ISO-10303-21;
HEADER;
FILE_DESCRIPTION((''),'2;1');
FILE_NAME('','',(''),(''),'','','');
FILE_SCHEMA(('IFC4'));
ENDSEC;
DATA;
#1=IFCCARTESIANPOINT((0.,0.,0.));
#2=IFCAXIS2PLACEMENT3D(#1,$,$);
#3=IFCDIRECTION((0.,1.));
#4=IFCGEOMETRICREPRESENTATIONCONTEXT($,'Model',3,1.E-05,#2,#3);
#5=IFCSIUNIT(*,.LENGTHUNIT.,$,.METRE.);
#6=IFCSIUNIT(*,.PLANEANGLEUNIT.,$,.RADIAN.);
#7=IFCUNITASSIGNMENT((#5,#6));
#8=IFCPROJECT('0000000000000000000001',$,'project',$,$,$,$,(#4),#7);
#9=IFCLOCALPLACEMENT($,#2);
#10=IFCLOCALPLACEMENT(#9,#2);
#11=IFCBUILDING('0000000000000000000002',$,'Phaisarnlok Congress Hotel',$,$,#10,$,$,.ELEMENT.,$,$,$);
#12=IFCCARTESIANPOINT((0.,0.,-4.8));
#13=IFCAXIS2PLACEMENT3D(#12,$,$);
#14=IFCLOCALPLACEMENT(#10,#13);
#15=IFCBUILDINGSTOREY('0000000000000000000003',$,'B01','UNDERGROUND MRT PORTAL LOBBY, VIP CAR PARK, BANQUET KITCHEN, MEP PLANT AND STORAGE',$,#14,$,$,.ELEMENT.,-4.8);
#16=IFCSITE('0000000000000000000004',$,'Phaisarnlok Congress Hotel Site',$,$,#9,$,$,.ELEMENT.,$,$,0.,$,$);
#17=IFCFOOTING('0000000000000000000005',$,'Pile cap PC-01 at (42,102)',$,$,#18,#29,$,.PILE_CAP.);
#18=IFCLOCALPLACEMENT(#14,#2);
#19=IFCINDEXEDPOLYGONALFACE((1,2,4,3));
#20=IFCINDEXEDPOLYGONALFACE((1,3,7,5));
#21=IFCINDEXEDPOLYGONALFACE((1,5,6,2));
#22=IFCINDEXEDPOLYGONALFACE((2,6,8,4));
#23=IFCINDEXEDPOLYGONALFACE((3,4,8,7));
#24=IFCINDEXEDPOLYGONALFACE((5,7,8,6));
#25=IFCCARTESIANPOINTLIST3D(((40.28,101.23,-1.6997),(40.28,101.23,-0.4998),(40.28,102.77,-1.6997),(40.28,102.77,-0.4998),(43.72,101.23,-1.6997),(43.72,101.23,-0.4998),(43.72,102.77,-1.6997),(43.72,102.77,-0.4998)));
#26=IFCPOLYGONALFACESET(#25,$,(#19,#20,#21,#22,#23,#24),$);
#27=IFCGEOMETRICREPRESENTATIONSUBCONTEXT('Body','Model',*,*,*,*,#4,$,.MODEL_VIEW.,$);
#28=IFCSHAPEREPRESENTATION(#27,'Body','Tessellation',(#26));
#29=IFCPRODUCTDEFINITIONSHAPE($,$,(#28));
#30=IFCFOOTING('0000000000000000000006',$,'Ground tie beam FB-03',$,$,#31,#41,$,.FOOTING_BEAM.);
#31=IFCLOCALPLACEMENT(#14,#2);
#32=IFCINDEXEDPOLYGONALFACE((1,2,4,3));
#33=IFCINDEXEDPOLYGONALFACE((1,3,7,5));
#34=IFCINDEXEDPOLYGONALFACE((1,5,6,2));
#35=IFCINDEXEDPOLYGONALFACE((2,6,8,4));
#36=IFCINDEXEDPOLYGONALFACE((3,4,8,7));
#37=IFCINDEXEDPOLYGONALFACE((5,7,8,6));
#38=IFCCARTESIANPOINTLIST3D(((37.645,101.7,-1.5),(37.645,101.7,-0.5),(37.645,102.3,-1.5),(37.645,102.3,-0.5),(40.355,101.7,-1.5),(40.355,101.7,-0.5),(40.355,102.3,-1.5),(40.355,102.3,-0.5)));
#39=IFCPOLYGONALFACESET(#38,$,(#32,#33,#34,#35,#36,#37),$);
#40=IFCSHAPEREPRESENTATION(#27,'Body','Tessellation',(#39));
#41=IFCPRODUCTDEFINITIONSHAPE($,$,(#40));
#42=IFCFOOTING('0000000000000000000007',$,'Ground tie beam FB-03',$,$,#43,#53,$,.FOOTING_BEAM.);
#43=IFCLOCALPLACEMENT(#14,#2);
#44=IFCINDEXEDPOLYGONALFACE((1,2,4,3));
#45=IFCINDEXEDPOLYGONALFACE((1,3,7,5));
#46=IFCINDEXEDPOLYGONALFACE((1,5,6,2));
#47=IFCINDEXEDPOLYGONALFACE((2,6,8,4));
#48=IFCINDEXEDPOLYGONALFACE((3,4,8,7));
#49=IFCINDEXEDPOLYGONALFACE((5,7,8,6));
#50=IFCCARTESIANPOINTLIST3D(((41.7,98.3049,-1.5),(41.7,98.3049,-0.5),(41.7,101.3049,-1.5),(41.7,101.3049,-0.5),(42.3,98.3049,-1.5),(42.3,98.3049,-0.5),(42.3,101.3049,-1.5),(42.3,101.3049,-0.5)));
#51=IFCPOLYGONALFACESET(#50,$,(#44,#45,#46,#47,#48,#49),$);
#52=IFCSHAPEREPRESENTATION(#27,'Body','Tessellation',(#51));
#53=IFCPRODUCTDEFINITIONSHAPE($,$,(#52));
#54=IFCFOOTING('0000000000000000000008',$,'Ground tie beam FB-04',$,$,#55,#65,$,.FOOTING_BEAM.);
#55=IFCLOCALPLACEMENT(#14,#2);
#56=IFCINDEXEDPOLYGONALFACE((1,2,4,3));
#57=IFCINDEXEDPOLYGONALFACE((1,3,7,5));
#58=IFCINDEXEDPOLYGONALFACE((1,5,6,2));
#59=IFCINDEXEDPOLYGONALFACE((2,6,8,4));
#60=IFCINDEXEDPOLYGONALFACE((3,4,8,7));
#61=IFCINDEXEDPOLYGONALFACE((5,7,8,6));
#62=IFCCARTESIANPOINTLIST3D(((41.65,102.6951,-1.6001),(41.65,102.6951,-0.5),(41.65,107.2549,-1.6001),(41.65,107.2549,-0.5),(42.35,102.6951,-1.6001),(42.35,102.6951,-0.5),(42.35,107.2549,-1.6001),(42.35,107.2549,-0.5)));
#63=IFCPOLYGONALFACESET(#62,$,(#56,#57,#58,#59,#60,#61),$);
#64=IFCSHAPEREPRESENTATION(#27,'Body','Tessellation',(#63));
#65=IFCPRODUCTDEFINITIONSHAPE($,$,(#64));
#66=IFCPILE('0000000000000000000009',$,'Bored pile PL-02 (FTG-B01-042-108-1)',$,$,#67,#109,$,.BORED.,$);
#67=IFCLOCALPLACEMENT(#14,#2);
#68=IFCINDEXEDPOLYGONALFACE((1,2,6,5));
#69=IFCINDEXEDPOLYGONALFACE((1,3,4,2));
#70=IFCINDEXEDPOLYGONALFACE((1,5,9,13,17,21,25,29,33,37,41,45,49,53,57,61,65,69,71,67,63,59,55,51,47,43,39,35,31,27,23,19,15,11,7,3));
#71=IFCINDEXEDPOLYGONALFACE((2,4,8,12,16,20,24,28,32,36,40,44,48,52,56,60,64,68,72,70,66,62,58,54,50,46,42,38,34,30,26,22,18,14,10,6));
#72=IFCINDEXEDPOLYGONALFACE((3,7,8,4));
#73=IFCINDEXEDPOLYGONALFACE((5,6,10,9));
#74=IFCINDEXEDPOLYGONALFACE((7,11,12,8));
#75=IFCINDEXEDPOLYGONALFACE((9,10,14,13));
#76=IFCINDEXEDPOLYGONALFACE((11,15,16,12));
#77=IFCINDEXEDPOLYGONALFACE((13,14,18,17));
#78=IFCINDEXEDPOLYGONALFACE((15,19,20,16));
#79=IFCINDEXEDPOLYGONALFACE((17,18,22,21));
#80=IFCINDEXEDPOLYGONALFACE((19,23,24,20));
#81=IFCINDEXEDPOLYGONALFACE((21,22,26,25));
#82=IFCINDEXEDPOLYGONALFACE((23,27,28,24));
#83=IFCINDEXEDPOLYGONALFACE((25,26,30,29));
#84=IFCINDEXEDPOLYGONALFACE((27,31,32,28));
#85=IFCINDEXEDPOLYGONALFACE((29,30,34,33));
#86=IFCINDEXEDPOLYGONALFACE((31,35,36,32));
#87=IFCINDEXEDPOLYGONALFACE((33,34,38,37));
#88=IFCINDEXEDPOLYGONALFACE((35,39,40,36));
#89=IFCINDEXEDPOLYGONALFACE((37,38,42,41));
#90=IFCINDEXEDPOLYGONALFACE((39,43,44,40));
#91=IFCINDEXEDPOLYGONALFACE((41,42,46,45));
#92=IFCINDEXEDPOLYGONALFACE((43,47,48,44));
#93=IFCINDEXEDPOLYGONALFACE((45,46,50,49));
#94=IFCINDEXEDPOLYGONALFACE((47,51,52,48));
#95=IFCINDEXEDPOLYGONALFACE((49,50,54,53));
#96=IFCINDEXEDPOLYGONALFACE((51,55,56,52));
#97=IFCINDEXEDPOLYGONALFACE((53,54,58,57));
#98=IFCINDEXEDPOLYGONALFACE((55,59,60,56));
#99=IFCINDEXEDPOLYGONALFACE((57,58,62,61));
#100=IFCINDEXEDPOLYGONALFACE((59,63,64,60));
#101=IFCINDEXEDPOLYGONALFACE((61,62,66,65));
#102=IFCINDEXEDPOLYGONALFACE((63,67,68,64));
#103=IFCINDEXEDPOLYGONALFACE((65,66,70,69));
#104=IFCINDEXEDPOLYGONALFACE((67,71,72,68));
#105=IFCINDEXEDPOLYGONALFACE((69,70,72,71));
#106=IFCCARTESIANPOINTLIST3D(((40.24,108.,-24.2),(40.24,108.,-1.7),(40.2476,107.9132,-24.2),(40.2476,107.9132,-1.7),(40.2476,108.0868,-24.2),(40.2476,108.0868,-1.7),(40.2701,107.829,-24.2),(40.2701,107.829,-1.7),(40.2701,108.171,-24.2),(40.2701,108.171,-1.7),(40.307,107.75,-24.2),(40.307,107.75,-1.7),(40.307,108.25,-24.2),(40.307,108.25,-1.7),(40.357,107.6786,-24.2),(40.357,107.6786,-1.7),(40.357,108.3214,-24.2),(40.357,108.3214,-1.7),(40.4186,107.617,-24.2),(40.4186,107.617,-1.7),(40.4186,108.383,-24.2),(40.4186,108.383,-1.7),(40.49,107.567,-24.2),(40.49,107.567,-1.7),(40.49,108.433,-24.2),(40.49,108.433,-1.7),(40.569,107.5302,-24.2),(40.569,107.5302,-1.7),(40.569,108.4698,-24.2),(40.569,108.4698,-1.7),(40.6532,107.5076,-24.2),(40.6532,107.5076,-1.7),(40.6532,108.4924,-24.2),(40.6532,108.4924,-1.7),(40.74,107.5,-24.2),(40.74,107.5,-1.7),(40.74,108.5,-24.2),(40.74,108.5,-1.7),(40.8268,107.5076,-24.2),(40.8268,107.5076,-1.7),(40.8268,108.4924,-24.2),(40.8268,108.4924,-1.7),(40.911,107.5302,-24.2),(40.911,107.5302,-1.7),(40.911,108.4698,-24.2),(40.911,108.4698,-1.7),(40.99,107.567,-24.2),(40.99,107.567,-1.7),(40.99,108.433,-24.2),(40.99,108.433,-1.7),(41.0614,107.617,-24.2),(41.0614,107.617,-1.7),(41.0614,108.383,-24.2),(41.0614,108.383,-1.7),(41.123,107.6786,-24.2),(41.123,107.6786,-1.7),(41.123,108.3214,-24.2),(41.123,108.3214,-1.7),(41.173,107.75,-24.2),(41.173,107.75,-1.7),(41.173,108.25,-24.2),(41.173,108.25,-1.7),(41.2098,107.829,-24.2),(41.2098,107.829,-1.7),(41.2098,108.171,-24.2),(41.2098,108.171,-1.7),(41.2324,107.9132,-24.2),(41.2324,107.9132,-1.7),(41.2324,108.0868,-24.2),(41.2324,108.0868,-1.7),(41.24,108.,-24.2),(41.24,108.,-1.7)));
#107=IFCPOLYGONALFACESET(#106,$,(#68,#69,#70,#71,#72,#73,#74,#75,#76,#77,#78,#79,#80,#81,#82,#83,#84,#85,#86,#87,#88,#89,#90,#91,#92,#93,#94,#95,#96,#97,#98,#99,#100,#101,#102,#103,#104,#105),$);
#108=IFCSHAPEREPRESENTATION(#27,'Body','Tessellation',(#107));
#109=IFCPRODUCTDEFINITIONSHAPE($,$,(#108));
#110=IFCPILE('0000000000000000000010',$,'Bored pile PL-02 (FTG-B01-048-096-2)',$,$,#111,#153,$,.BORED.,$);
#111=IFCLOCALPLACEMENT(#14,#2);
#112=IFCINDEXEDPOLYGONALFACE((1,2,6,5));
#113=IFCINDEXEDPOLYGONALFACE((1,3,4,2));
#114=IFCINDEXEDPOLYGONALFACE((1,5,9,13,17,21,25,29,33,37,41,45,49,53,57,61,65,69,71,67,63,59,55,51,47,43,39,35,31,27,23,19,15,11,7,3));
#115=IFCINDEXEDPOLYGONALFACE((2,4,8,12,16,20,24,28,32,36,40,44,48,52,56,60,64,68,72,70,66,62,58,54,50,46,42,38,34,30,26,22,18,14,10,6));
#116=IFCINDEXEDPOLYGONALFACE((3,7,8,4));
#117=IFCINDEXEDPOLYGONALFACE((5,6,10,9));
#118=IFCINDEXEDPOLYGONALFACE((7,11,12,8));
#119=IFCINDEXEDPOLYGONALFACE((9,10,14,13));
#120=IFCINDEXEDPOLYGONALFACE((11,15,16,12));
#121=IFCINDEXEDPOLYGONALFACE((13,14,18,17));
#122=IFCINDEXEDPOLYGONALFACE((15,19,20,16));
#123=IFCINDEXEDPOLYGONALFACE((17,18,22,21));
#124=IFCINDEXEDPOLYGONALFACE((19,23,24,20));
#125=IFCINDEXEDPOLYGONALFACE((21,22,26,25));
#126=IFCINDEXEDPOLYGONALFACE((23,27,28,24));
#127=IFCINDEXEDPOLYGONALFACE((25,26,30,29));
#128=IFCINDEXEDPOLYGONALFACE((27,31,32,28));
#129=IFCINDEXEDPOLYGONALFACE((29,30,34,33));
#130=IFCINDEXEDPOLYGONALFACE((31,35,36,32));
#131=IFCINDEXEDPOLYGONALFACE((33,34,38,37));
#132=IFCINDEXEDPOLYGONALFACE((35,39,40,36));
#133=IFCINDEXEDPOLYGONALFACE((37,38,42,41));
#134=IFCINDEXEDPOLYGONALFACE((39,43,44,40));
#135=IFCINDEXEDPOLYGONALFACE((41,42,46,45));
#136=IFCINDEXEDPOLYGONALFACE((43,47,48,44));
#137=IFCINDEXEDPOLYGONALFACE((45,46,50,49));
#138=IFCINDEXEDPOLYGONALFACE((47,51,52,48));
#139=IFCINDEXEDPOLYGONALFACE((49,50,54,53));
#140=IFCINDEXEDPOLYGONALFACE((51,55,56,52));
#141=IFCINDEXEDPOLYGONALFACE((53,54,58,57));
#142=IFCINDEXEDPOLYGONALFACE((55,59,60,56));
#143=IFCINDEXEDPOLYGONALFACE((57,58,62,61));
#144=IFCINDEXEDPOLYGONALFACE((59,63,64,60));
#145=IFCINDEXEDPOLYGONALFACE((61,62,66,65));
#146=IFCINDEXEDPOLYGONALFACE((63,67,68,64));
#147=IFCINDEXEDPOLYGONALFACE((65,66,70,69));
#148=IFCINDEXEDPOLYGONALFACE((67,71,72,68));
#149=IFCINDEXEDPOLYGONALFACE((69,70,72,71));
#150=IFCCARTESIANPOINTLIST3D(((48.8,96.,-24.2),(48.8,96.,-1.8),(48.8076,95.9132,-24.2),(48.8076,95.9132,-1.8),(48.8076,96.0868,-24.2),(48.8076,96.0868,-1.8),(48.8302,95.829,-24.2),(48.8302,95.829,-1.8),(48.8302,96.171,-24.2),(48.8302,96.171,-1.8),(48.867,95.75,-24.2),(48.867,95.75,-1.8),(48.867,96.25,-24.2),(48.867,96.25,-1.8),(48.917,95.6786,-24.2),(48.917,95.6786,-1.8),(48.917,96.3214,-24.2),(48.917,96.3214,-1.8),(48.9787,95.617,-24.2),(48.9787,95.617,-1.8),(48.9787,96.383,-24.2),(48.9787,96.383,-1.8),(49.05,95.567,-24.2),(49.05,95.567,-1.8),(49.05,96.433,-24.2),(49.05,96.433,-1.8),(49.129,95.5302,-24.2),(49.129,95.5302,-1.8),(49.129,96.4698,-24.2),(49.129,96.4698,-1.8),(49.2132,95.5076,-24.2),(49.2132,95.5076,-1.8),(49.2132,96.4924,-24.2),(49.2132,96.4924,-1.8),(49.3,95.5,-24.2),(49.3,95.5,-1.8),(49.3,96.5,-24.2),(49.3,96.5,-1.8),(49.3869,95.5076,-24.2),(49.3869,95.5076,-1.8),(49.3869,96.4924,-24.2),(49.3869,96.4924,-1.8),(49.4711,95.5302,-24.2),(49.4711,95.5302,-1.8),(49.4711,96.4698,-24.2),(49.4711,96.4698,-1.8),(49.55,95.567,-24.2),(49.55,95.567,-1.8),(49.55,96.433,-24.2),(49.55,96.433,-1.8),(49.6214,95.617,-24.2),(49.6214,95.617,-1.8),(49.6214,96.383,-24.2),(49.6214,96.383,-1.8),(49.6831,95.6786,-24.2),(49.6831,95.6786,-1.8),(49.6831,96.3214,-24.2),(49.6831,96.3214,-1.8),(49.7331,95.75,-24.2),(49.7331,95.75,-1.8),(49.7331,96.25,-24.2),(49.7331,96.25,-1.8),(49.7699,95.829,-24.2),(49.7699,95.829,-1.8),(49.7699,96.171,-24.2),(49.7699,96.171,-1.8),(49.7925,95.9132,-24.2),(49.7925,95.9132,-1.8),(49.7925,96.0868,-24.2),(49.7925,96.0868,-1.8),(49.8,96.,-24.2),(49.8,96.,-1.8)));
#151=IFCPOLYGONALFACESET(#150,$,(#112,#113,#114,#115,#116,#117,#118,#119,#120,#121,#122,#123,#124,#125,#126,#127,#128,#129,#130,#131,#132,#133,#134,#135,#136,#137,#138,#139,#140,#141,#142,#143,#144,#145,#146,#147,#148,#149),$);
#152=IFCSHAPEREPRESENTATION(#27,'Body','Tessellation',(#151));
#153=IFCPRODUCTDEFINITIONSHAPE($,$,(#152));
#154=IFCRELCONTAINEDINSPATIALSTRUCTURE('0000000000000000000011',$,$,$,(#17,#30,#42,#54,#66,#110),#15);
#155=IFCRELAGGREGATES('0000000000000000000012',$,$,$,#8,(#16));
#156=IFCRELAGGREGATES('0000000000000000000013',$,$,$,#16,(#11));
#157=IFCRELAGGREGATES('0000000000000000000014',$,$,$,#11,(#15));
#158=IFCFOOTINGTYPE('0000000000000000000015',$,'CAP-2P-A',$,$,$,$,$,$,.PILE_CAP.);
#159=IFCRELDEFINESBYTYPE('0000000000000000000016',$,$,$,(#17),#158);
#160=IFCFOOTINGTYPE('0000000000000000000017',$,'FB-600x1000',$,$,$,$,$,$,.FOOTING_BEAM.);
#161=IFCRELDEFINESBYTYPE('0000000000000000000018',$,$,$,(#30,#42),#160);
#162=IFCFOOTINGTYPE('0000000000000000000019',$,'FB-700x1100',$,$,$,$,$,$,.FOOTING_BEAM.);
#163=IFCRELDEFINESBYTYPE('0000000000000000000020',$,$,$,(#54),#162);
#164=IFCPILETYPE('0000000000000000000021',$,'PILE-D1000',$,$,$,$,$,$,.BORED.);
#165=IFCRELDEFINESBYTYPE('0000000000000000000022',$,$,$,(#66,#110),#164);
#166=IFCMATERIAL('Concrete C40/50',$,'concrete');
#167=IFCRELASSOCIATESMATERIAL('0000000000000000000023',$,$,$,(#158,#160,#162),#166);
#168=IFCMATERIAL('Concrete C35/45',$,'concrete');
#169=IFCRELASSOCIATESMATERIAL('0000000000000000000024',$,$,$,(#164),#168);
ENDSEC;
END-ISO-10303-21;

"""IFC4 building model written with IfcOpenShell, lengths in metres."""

from ifc_helpers import new_model, si_unit, direction, frame, origin, origin_2d, place, context, subcontext, project, spatial, rectangle, circle, extrude, material, material_profile, profile_set, type_object, element, save


model = new_model("IFC4")

# Units and contexts
model_context = context("Model", 3, precision=1e-05, world=origin(), true_north=direction((0.0, 1.0)))
body_context = subcontext(model_context, "Body", "Model", "MODEL_VIEW")
ifc_project = project(units=[si_unit("LENGTHUNIT", "METRE"), si_unit("PLANEANGLEUNIT", "RADIAN")], contexts=[model_context])

# Site, building, storey
site_placement = place(None, origin())
site = spatial("IfcSite", under=ifc_project, at=site_placement, Name="Phaisarnlok Congress Hotel Site", CompositionType="ELEMENT", RefElevation=0.0)
building_placement = place(site_placement, origin())
building = spatial("IfcBuilding", under=site, at=building_placement, Name="Phaisarnlok Congress Hotel", CompositionType="ELEMENT")
storey_placement = place(building_placement, frame((0.0, 0.0, -4.8)))
storey = spatial("IfcBuildingStorey", under=building, at=storey_placement, Name="B01", Description="UNDERGROUND MRT PORTAL LOBBY, VIP CAR PARK, BANQUET KITCHEN, MEP PLANT AND STORAGE", CompositionType="ELEMENT", Elevation=-4.8)

# Footings
ifc_material_1 = material(Name="Concrete C40/50", Category="concrete")
footing_type_1 = type_object("IfcFootingType", Name="CAP-2P-A", PredefinedType="PILE_CAP", material=ifc_material_1)
footing_1_placement = place(storey_placement, frame((42.0, 102.0, -1.6997), z_axis=(0.0, 0.0, 1.0), x_axis=(1.0, 0.0, 0.0)))
element("IfcFooting", 1, at=footing_1_placement, inside=storey, type_object=footing_type_1, Name="Pile cap PC-01 at (42,102)", PredefinedType="PILE_CAP", context=body_context, shape_type="SweptSolid", body=[
    extrude(rectangle(XDim=3.4399, YDim=1.54, at=origin_2d()), origin(), (0.0, 0.0, 1.0), 1.2),
])
ifc_material_profile_1 = material_profile(ifc_material_1, rectangle(XDim=0.6001, YDim=1.0, at=origin_2d()), Name="FB-600x1000")
ifc_profile_set_1 = profile_set([ifc_material_profile_1], Name="Concrete C40/50")
footing_type_2 = type_object("IfcFootingType", Name="FB-600x1000", PredefinedType="FOOTING_BEAM", material=ifc_profile_set_1)
footing_2_placement = place(storey_placement, frame((37.645, 102.0, -1.0), z_axis=(1.0, 0.0, 0.0), x_axis=(0.0, 1.0, 0.0)))
element("IfcFooting", 2, at=footing_2_placement, inside=storey, type_object=footing_type_2, Name="Ground tie beam FB-03", PredefinedType="FOOTING_BEAM", context=body_context, shape_type="SweptSolid", body=[
    extrude(rectangle(XDim=0.6001, YDim=1.0, at=origin_2d()), origin(), (0.0, 0.0, 1.0), 2.71),
])
footing_3_placement = place(storey_placement, frame((42.0, 98.3049, -1.0), z_axis=(0.0, 1.0, 0.0), x_axis=(-1.0, 0.0, 0.0)))
element("IfcFooting", 3, at=footing_3_placement, inside=storey, type_object=footing_type_2, Name="Ground tie beam FB-03", PredefinedType="FOOTING_BEAM", context=body_context, shape_type="SweptSolid", body=[
    extrude(rectangle(XDim=0.6001, YDim=1.0, at=origin_2d()), origin(), (0.0, 0.0, 1.0), 3.0),
])
ifc_material_profile_2 = material_profile(ifc_material_1, rectangle(XDim=0.7, YDim=1.1001, at=origin_2d()), Name="FB-700x1100")
ifc_profile_set_2 = profile_set([ifc_material_profile_2], Name="Concrete C40/50")
footing_type_3 = type_object("IfcFootingType", Name="FB-700x1100", PredefinedType="FOOTING_BEAM", material=ifc_profile_set_2)
footing_4_placement = place(storey_placement, frame((42.0, 102.6951, -1.05), z_axis=(0.0, 1.0, 0.0), x_axis=(-1.0, 0.0, 0.0)))
element("IfcFooting", 4, at=footing_4_placement, inside=storey, type_object=footing_type_3, Name="Ground tie beam FB-04", PredefinedType="FOOTING_BEAM", context=body_context, shape_type="SweptSolid", body=[
    extrude(rectangle(XDim=0.7, YDim=1.1001, at=origin_2d()), origin(), (0.0, 0.0, 1.0), 4.5598),
])

# Piles
ifc_material_2 = material(Name="Concrete C35/45", Category="concrete")
ifc_material_profile_3 = material_profile(ifc_material_2, circle(Radius=0.5, at=origin_2d()), Name="BORED PILE D1000")
ifc_profile_set_3 = profile_set([ifc_material_profile_3], Name="Concrete C35/45")
pile_type_1 = type_object("IfcPileType", Name="PILE-D1000", PredefinedType="BORED", material=ifc_profile_set_3)
pile_1_placement = place(storey_placement, frame((40.74, 108.0, -1.7), z_axis=(0.0, 0.0, -1.0), x_axis=(1.0, 0.0, 0.0)))
element("IfcPile", 5, at=pile_1_placement, inside=storey, type_object=pile_type_1, Name="Bored pile PL-02 (FTG-B01-042-108-1)", PredefinedType="BORED", context=body_context, shape_type="SweptSolid", body=[
    extrude(circle(Radius=0.5, at=origin_2d()), origin(), (0.0, 0.0, 1.0), 22.5),
])
pile_2_placement = place(storey_placement, frame((49.3, 96.0, -1.8), z_axis=(0.0, 0.0, -1.0), x_axis=(1.0, 0.0, 0.0)))
element("IfcPile", 6, at=pile_2_placement, inside=storey, type_object=pile_type_1, Name="Bored pile PL-02 (FTG-B01-048-096-2)", PredefinedType="BORED", context=body_context, shape_type="SweptSolid", body=[
    extrude(circle(Radius=0.5, at=origin_2d()), origin(), (0.0, 0.0, 1.0), 22.3999),
])

save(model, "model.ifc")
